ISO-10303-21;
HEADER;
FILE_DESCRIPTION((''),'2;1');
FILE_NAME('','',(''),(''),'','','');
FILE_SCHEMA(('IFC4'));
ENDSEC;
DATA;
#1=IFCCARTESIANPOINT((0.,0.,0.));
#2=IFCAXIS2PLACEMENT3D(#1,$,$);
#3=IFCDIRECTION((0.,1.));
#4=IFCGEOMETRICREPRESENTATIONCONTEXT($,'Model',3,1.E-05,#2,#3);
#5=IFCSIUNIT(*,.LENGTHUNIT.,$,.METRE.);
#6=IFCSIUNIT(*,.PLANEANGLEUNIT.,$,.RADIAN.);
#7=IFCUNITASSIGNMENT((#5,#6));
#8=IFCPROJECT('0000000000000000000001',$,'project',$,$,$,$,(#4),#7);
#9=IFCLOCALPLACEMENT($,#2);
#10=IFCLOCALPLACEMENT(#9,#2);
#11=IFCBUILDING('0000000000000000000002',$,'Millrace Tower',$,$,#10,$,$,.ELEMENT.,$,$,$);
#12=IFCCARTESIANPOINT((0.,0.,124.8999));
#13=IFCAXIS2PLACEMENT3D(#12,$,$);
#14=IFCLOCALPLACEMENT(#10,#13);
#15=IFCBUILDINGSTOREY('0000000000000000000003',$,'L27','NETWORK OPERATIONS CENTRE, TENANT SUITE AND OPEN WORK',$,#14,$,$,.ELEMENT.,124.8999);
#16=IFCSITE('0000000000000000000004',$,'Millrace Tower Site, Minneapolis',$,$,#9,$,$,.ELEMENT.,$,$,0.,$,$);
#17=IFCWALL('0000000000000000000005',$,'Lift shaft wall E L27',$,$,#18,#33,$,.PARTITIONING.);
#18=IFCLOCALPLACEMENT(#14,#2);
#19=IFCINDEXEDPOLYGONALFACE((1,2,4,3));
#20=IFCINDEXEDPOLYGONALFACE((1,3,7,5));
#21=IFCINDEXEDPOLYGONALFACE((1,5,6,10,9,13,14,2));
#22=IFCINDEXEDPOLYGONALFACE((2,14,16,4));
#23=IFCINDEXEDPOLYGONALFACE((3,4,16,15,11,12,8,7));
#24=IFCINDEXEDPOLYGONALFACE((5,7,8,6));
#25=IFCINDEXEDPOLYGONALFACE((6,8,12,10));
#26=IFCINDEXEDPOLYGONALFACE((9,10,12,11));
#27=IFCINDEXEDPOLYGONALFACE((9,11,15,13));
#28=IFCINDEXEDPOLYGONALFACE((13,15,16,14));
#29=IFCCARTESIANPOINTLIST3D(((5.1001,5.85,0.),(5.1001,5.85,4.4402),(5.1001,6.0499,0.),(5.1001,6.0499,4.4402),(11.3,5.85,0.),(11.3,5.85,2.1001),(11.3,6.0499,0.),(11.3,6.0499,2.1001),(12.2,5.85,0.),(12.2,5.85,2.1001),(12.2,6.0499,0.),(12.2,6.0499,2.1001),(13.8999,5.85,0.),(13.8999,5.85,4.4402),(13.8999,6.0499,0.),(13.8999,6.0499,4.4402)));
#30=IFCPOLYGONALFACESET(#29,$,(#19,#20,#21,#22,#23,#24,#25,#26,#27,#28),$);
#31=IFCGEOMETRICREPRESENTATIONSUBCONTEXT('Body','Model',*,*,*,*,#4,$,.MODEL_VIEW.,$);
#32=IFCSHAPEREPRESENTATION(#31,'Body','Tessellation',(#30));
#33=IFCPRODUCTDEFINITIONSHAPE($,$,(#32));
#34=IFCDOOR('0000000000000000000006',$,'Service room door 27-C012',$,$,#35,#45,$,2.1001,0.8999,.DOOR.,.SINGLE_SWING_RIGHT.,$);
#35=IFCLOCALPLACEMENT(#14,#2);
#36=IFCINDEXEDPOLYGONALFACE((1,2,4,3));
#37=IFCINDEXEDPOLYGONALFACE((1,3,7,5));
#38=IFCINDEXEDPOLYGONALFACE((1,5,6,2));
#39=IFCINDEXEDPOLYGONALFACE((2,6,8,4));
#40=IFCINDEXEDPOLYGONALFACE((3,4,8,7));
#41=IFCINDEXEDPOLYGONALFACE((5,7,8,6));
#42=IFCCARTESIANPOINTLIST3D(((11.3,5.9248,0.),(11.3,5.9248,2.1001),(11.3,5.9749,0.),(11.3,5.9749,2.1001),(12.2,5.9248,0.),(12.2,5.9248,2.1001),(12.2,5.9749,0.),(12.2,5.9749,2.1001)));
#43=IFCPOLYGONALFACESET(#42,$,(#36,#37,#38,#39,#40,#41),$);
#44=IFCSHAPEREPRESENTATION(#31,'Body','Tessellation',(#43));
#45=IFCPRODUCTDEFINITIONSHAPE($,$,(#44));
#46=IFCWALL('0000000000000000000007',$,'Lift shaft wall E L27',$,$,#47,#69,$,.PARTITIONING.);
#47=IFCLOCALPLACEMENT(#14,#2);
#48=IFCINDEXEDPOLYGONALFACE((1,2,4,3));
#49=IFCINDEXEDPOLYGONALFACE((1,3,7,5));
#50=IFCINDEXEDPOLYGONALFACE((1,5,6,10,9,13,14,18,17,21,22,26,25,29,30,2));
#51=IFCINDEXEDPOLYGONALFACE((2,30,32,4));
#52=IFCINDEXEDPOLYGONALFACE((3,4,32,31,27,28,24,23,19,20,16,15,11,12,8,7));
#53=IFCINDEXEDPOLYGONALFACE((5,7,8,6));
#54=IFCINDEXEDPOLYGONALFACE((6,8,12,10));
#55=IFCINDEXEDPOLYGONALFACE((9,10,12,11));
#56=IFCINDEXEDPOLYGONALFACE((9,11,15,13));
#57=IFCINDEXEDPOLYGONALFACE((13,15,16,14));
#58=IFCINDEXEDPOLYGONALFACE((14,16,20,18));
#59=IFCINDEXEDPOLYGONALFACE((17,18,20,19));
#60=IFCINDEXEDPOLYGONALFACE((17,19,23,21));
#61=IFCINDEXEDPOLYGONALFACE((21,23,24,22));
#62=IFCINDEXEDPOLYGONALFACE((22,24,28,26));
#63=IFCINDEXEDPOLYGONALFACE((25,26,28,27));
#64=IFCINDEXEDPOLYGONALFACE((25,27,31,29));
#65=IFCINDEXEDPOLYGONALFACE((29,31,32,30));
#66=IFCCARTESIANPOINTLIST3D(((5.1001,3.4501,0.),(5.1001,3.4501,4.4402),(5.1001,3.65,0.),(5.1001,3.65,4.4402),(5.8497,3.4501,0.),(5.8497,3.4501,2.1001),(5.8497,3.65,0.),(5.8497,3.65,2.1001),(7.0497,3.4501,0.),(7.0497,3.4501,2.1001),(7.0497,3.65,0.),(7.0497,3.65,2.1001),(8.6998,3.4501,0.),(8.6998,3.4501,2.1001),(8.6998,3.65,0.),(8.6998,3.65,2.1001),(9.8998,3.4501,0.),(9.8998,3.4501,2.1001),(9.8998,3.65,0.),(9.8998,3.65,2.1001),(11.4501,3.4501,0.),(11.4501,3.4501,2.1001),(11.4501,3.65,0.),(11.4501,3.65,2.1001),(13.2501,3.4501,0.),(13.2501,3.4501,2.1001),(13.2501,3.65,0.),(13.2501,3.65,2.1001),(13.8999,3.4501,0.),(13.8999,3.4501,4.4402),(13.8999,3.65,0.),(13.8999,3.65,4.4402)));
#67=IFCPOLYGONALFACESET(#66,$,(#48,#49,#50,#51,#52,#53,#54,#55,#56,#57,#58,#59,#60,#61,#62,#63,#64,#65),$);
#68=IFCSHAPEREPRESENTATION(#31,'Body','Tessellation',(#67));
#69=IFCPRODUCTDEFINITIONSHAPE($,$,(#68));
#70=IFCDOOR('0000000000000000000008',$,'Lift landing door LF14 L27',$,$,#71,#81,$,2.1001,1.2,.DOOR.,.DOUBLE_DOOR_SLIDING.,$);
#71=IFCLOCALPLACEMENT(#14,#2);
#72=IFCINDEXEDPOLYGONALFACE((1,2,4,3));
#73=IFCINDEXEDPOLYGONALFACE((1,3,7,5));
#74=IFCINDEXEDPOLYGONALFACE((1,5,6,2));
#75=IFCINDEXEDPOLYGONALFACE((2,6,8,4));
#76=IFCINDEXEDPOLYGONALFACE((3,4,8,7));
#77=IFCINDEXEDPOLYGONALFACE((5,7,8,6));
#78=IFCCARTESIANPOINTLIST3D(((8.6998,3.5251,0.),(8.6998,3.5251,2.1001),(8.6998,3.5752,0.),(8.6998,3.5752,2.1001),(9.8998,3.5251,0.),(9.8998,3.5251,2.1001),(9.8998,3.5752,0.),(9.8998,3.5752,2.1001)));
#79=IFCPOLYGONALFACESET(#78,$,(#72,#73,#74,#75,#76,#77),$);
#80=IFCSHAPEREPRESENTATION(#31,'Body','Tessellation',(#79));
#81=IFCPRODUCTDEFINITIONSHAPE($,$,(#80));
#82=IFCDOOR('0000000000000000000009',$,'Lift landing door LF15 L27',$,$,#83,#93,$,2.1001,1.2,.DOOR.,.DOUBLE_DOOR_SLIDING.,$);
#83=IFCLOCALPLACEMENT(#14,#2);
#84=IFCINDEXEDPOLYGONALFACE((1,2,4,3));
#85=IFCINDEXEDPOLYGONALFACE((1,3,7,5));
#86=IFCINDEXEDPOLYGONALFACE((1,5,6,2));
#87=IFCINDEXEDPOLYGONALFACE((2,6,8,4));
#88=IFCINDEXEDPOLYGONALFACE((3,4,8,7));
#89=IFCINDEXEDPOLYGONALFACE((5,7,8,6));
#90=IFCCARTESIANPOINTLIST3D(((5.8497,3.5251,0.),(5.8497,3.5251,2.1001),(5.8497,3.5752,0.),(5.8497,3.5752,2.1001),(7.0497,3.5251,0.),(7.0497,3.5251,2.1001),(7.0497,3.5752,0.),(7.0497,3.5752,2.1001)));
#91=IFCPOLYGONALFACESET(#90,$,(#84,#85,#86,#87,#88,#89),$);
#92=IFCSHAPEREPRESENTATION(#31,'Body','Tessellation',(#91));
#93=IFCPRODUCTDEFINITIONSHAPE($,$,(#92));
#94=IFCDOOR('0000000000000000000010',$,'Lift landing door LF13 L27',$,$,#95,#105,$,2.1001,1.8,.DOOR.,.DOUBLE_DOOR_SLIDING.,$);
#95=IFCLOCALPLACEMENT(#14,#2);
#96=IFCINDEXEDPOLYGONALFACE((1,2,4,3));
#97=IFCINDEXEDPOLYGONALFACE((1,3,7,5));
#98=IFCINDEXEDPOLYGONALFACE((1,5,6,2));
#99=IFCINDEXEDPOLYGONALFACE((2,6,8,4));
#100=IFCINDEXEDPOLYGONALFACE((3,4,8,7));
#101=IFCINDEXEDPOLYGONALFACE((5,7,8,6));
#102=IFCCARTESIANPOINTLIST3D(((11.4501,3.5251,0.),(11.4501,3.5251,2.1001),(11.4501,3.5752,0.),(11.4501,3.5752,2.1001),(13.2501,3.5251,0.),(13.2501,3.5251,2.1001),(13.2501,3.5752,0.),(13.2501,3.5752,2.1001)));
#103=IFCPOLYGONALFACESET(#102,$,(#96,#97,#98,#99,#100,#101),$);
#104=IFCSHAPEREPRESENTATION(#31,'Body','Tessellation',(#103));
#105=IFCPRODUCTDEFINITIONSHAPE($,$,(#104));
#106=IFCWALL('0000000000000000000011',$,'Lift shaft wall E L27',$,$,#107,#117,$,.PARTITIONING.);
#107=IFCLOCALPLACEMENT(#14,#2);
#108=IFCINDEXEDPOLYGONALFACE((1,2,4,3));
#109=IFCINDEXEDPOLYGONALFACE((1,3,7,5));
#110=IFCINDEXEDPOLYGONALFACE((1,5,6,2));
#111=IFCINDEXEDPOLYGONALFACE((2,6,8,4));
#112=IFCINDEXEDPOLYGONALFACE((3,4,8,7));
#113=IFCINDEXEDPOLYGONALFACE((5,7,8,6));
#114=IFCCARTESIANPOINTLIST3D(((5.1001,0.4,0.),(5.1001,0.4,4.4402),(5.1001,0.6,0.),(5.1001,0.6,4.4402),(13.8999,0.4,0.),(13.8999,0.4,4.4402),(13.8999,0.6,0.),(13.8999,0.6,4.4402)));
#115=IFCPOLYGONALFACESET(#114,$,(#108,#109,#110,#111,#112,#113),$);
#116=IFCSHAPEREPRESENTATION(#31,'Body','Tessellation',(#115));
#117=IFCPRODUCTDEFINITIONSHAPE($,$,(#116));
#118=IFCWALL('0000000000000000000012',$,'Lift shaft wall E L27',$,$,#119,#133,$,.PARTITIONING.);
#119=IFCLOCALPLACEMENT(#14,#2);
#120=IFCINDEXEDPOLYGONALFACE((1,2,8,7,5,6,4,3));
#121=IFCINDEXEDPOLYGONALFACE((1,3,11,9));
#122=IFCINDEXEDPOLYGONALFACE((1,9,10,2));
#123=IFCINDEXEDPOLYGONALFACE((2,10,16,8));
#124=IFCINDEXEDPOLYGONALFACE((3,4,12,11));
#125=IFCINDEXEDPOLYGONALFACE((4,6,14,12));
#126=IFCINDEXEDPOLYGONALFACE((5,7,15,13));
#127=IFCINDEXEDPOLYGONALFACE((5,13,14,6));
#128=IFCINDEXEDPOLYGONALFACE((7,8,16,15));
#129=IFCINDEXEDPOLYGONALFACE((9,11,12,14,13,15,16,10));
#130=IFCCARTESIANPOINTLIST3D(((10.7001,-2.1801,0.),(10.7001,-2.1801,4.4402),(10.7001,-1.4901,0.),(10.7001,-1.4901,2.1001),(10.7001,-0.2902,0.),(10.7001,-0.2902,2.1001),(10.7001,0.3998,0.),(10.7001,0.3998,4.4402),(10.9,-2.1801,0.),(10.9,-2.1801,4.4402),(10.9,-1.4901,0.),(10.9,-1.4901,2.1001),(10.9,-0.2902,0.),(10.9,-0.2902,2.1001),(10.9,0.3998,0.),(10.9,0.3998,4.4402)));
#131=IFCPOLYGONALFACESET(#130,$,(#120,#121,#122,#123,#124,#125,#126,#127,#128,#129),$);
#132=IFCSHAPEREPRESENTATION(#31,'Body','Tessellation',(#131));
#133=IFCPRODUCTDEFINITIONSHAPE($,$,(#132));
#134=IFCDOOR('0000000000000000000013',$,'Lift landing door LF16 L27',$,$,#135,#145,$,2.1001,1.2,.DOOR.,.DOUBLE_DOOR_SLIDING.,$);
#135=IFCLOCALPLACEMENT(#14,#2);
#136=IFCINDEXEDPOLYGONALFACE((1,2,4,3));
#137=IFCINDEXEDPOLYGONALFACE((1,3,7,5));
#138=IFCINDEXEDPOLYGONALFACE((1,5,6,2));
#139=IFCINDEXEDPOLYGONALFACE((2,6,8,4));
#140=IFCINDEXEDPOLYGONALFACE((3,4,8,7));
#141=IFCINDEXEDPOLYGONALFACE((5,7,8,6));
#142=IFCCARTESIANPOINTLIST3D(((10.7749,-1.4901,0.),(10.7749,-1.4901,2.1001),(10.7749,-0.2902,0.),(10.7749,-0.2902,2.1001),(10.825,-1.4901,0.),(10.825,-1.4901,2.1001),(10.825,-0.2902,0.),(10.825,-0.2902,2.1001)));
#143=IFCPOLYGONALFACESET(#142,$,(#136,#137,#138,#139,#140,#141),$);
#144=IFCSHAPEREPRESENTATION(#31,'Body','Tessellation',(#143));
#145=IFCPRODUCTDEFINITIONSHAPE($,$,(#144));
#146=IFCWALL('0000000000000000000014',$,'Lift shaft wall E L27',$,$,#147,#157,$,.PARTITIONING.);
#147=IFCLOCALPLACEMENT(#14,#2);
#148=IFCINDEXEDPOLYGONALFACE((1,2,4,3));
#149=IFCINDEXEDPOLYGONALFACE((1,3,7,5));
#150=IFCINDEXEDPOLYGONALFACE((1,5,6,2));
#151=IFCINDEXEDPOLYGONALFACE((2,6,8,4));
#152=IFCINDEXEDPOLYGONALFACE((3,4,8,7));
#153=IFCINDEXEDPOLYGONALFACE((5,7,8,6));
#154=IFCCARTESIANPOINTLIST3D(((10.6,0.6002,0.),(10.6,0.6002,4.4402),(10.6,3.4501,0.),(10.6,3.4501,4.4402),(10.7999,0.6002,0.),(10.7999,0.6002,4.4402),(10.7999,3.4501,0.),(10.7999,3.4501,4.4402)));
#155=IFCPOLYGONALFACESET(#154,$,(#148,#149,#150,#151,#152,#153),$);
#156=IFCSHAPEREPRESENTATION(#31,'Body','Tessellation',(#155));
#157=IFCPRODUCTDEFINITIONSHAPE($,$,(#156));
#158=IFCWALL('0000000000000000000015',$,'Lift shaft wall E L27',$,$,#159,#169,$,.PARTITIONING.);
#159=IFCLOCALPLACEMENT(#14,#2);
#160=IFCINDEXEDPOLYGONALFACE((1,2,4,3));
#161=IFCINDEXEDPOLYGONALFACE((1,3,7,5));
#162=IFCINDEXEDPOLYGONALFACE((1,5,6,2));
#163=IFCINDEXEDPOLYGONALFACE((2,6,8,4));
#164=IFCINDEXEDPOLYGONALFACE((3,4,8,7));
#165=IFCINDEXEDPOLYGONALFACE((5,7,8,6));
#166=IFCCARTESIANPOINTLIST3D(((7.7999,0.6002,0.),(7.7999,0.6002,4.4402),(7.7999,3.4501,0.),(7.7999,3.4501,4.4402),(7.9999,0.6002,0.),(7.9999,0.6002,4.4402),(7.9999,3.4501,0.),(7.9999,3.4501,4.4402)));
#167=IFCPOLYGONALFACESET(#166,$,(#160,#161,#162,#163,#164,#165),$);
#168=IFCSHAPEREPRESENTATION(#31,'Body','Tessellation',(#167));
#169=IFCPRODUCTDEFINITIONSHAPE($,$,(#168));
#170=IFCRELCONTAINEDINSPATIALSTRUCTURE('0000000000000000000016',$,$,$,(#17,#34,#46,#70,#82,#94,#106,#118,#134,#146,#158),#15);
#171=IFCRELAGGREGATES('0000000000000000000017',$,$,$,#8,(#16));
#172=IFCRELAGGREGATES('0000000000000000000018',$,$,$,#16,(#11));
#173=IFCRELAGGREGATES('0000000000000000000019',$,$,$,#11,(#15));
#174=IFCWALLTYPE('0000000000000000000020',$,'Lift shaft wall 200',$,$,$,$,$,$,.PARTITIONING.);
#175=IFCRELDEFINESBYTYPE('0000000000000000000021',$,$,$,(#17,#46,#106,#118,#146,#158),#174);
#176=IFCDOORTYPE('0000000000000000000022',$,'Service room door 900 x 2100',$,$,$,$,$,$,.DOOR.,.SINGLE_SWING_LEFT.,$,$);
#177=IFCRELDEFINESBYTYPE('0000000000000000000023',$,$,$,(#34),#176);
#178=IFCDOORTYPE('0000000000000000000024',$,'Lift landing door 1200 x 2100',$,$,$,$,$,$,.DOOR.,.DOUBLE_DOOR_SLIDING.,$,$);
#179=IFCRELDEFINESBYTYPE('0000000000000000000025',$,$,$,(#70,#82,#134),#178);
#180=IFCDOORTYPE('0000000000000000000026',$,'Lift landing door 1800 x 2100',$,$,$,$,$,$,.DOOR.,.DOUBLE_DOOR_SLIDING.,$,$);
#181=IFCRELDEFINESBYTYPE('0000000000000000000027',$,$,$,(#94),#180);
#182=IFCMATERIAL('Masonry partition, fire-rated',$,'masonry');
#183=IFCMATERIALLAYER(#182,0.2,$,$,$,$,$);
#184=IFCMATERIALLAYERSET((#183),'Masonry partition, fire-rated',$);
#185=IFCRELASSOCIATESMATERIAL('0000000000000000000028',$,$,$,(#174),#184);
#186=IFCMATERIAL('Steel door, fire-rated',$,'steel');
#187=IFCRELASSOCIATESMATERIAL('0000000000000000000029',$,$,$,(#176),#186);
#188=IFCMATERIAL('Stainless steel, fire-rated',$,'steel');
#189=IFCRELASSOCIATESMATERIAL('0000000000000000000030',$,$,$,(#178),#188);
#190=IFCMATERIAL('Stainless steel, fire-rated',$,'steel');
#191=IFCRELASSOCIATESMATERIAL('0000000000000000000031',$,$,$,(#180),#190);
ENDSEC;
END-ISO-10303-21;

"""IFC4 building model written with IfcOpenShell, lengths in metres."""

from ifc_helpers import new_model, si_unit, direction, frame, frame_2d, origin, place, context, subcontext, project, spatial, rectangle, extrude, material, layer, layer_set, type_object, element, fill, save


model = new_model("IFC4")

# Units and contexts
model_context = context("Model", 3, precision=1e-05, world=origin(), true_north=direction((0.0, 1.0)))
body_context = subcontext(model_context, "Body", "Model", "MODEL_VIEW")
ifc_project = project(units=[si_unit("LENGTHUNIT", "METRE"), si_unit("PLANEANGLEUNIT", "RADIAN")], contexts=[model_context])

# Site, building, storey
site_placement = place(None, origin())
site = spatial("IfcSite", under=ifc_project, at=site_placement, Name="Millrace Tower Site, Minneapolis", CompositionType="ELEMENT", RefElevation=0.0)
building_placement = place(site_placement, origin())
building = spatial("IfcBuilding", under=site, at=building_placement, Name="Millrace Tower", CompositionType="ELEMENT")
storey_placement = place(building_placement, frame((0.0, 0.0, 124.8999)))
storey = spatial("IfcBuildingStorey", under=building, at=storey_placement, Name="L27", Description="NETWORK OPERATIONS CENTRE, TENANT SUITE AND OPEN WORK", CompositionType="ELEMENT", Elevation=124.8999)

# Wall, opening, door
ifc_material_1 = material(Name="Masonry partition, fire-rated", Category="masonry")
ifc_layer_1 = layer(ifc_material_1, 0.2)
ifc_layer_set_1 = layer_set([ifc_layer_1], Name="Masonry partition, fire-rated")
wall_type_1 = type_object("IfcWallType", Name="Lift shaft wall 200", PredefinedType="PARTITIONING", material=ifc_layer_set_1)
wall_1_placement = place(storey_placement, frame((13.8999, 5.95, 0.0), z_axis=(0.0, 0.0, 1.0), x_axis=(-1.0, 0.0, 0.0)))
wall_1 = element("IfcWall", 1, at=wall_1_placement, inside=storey, type_object=wall_type_1, Name="Lift shaft wall E L27", PredefinedType="PARTITIONING", context=body_context, shape_type="SweptSolid", body=[
    extrude(rectangle(XDim=8.7998, YDim=0.2, at=frame_2d((4.3999, 0.0))), origin(), (0.0, 0.0, 1.0), 4.4402),
])
opening_1_placement = place(wall_1_placement, frame((1.7, 0.0, 0.0)))
opening_1 = element("IfcOpeningElement", 2, at=opening_1_placement, cuts=wall_1, PredefinedType="OPENING", context=body_context, shape_type="SweptSolid", body=[
    extrude(rectangle(XDim=0.8999, YDim=2.1001, at=frame_2d((0.45, 1.05))), frame((0.0, 0.1099, 0.0), z_axis=(0.0, -1.0, 0.0), x_axis=(1.0, 0.0, 0.0)), (0.0, 0.0, 1.0), 0.22),
])
ifc_material_2 = material(Name="Steel door, fire-rated", Category="steel")
door_type_1 = type_object("IfcDoorType", Name="Service room door 900 x 2100", OperationType="SINGLE_SWING_LEFT", PredefinedType="DOOR", material=ifc_material_2)
door_1_placement = place(opening_1_placement, frame((0.8999, 0.0, 0.0), z_axis=(0.0, 0.0, 1.0), x_axis=(-1.0, 0.0, 0.0)))
door_1 = element("IfcDoor", 3, at=door_1_placement, inside=storey, type_object=door_type_1, Name="Service room door 27-C012", OperationType="SINGLE_SWING_RIGHT", OverallHeight=2.1001, OverallWidth=0.8999, PredefinedType="DOOR", context=body_context, shape_type="SweptSolid", body=[
    extrude(rectangle(XDim=0.8999, YDim=2.1001, at=frame_2d((0.45, 1.05))), frame((0.0, 0.0249, 0.0), z_axis=(0.0, -1.0, 0.0), x_axis=(1.0, 0.0, 0.0)), (0.0, 0.0, 1.0), 0.05),
])
fill(opening_1, door_1)

# Wall, openings, doors
wall_2_placement = place(storey_placement, frame((13.8999, 3.55, 0.0), z_axis=(0.0, 0.0, 1.0), x_axis=(-1.0, 0.0, 0.0)))
wall_2 = element("IfcWall", 4, at=wall_2_placement, inside=storey, type_object=wall_type_1, Name="Lift shaft wall E L27", PredefinedType="PARTITIONING", context=body_context, shape_type="SweptSolid", body=[
    extrude(rectangle(XDim=8.7998, YDim=0.2, at=frame_2d((4.3999, 0.0))), origin(), (0.0, 0.0, 1.0), 4.4402),
])
opening_2_placement = place(wall_2_placement, frame((0.6499, 0.0, 0.0)))
opening_2 = element("IfcOpeningElement", 5, at=opening_2_placement, cuts=wall_2, PredefinedType="OPENING", context=body_context, shape_type="SweptSolid", body=[
    extrude(rectangle(XDim=1.8, YDim=2.1001, at=frame_2d((0.8999, 1.05))), frame((0.0, 0.1099, 0.0), z_axis=(0.0, -1.0, 0.0), x_axis=(1.0, 0.0, 0.0)), (0.0, 0.0, 1.0), 0.22),
])
opening_3_placement = place(wall_2_placement, frame((4.0, 0.0, 0.0)))
opening_3 = element("IfcOpeningElement", 6, at=opening_3_placement, cuts=wall_2, PredefinedType="OPENING", context=body_context, shape_type="SweptSolid", body=[
    extrude(rectangle(XDim=1.2, YDim=2.1001, at=frame_2d((0.6001, 1.05))), frame((0.0, 0.1099, 0.0), z_axis=(0.0, -1.0, 0.0), x_axis=(1.0, 0.0, 0.0)), (0.0, 0.0, 1.0), 0.22),
])
opening_4_placement = place(wall_2_placement, frame((6.8501, 0.0, 0.0)))
opening_4 = element("IfcOpeningElement", 7, at=opening_4_placement, cuts=wall_2, PredefinedType="OPENING", context=body_context, shape_type="SweptSolid", body=[
    extrude(rectangle(XDim=1.2, YDim=2.1001, at=frame_2d((0.6001, 1.05))), frame((0.0, 0.1099, 0.0), z_axis=(0.0, -1.0, 0.0), x_axis=(1.0, 0.0, 0.0)), (0.0, 0.0, 1.0), 0.22),
])
ifc_material_3 = material(Name="Stainless steel, fire-rated", Category="steel")
door_type_2 = type_object("IfcDoorType", Name="Lift landing door 1200 x 2100", OperationType="DOUBLE_DOOR_SLIDING", PredefinedType="DOOR", material=ifc_material_3)
door_2_placement = place(opening_3_placement, origin())
door_2 = element("IfcDoor", 8, at=door_2_placement, inside=storey, type_object=door_type_2, Name="Lift landing door LF14 L27", OperationType="DOUBLE_DOOR_SLIDING", OverallHeight=2.1001, OverallWidth=1.2, PredefinedType="DOOR", context=body_context, shape_type="SweptSolid", body=[
    extrude(rectangle(XDim=1.2, YDim=2.1001, at=frame_2d((0.6001, 1.05))), frame((0.0, 0.0249, 0.0), z_axis=(0.0, -1.0, 0.0), x_axis=(1.0, 0.0, 0.0)), (0.0, 0.0, 1.0), 0.05),
])
fill(opening_3, door_2)
door_3_placement = place(opening_4_placement, origin())
door_3 = element("IfcDoor", 9, at=door_3_placement, inside=storey, type_object=door_type_2, Name="Lift landing door LF15 L27", OperationType="DOUBLE_DOOR_SLIDING", OverallHeight=2.1001, OverallWidth=1.2, PredefinedType="DOOR", context=body_context, shape_type="SweptSolid", body=[
    extrude(rectangle(XDim=1.2, YDim=2.1001, at=frame_2d((0.6001, 1.05))), frame((0.0, 0.0249, 0.0), z_axis=(0.0, -1.0, 0.0), x_axis=(1.0, 0.0, 0.0)), (0.0, 0.0, 1.0), 0.05),
])
fill(opening_4, door_3)
ifc_material_4 = material(Name="Stainless steel, fire-rated", Category="steel")
door_type_3 = type_object("IfcDoorType", Name="Lift landing door 1800 x 2100", OperationType="DOUBLE_DOOR_SLIDING", PredefinedType="DOOR", material=ifc_material_4)
door_4_placement = place(opening_2_placement, origin())
door_4 = element("IfcDoor", 10, at=door_4_placement, inside=storey, type_object=door_type_3, Name="Lift landing door LF13 L27", OperationType="DOUBLE_DOOR_SLIDING", OverallHeight=2.1001, OverallWidth=1.8, PredefinedType="DOOR", context=body_context, shape_type="SweptSolid", body=[
    extrude(rectangle(XDim=1.8, YDim=2.1001, at=frame_2d((0.8999, 1.05))), frame((0.0, 0.0249, 0.0), z_axis=(0.0, -1.0, 0.0), x_axis=(1.0, 0.0, 0.0)), (0.0, 0.0, 1.0), 0.05),
])
fill(opening_2, door_4)

# Wall
wall_3_placement = place(storey_placement, frame((13.8999, 0.5, 0.0), z_axis=(0.0, 0.0, 1.0), x_axis=(-1.0, 0.0, 0.0)))
element("IfcWall", 11, at=wall_3_placement, inside=storey, type_object=wall_type_1, Name="Lift shaft wall E L27", PredefinedType="PARTITIONING", context=body_context, shape_type="SweptSolid", body=[
    extrude(rectangle(XDim=8.7998, YDim=0.2, at=frame_2d((4.3999, 0.0))), origin(), (0.0, 0.0, 1.0), 4.4402),
])

# Wall, opening, door
wall_4_placement = place(storey_placement, frame((10.8, 0.3999, 0.0), z_axis=(0.0, 0.0, 1.0), x_axis=(0.0, -1.0, 0.0)))
wall_4 = element("IfcWall", 12, at=wall_4_placement, inside=storey, type_object=wall_type_1, Name="Lift shaft wall E L27", PredefinedType="PARTITIONING", context=body_context, shape_type="SweptSolid", body=[
    extrude(rectangle(XDim=2.5798, YDim=0.2, at=frame_2d((1.29, 0.0))), origin(), (0.0, 0.0, 1.0), 4.4402),
])
opening_5_placement = place(wall_4_placement, frame((0.6899, 0.0, 0.0)))
opening_5 = element("IfcOpeningElement", 13, at=opening_5_placement, cuts=wall_4, PredefinedType="OPENING", context=body_context, shape_type="SweptSolid", body=[
    extrude(rectangle(XDim=1.2, YDim=2.1001, at=frame_2d((0.6001, 1.05))), frame((0.0, 0.1099, 0.0), z_axis=(0.0, -1.0, 0.0), x_axis=(1.0, 0.0, 0.0)), (0.0, 0.0, 1.0), 0.22),
])
door_5_placement = place(opening_5_placement, origin())
door_5 = element("IfcDoor", 14, at=door_5_placement, inside=storey, type_object=door_type_2, Name="Lift landing door LF16 L27", OperationType="DOUBLE_DOOR_SLIDING", OverallHeight=2.1001, OverallWidth=1.2, PredefinedType="DOOR", context=body_context, shape_type="SweptSolid", body=[
    extrude(rectangle(XDim=1.2, YDim=2.1001, at=frame_2d((0.6001, 1.05))), frame((0.0, 0.0249, 0.0), z_axis=(0.0, -1.0, 0.0), x_axis=(1.0, 0.0, 0.0)), (0.0, 0.0, 1.0), 0.05),
])
fill(opening_5, door_5)

# Walls
for number, where, z_axis, x_axis, name in (
    (15, (10.7, 3.45, 0.0), (0.0, 0.0, 1.0), (0.0, -1.0, 0.0), "Lift shaft wall E L27"),
    (16, (7.8999, 3.45, 0.0), (0.0, 0.0, 1.0), (0.0, -1.0, 0.0), "Lift shaft wall E L27"),
):
    element("IfcWall", number, at=place(storey_placement, frame(where, z_axis=z_axis, x_axis=x_axis)), inside=storey, type_object=wall_type_1, Name=name, PredefinedType="PARTITIONING", context=body_context, shape_type="SweptSolid", body=[
        extrude(rectangle(XDim=2.8499, YDim=0.2, at=frame_2d((1.4248, 0.0))), origin(), (0.0, 0.0, 1.0), 4.4402),
    ])

save(model, "model.ifc")
